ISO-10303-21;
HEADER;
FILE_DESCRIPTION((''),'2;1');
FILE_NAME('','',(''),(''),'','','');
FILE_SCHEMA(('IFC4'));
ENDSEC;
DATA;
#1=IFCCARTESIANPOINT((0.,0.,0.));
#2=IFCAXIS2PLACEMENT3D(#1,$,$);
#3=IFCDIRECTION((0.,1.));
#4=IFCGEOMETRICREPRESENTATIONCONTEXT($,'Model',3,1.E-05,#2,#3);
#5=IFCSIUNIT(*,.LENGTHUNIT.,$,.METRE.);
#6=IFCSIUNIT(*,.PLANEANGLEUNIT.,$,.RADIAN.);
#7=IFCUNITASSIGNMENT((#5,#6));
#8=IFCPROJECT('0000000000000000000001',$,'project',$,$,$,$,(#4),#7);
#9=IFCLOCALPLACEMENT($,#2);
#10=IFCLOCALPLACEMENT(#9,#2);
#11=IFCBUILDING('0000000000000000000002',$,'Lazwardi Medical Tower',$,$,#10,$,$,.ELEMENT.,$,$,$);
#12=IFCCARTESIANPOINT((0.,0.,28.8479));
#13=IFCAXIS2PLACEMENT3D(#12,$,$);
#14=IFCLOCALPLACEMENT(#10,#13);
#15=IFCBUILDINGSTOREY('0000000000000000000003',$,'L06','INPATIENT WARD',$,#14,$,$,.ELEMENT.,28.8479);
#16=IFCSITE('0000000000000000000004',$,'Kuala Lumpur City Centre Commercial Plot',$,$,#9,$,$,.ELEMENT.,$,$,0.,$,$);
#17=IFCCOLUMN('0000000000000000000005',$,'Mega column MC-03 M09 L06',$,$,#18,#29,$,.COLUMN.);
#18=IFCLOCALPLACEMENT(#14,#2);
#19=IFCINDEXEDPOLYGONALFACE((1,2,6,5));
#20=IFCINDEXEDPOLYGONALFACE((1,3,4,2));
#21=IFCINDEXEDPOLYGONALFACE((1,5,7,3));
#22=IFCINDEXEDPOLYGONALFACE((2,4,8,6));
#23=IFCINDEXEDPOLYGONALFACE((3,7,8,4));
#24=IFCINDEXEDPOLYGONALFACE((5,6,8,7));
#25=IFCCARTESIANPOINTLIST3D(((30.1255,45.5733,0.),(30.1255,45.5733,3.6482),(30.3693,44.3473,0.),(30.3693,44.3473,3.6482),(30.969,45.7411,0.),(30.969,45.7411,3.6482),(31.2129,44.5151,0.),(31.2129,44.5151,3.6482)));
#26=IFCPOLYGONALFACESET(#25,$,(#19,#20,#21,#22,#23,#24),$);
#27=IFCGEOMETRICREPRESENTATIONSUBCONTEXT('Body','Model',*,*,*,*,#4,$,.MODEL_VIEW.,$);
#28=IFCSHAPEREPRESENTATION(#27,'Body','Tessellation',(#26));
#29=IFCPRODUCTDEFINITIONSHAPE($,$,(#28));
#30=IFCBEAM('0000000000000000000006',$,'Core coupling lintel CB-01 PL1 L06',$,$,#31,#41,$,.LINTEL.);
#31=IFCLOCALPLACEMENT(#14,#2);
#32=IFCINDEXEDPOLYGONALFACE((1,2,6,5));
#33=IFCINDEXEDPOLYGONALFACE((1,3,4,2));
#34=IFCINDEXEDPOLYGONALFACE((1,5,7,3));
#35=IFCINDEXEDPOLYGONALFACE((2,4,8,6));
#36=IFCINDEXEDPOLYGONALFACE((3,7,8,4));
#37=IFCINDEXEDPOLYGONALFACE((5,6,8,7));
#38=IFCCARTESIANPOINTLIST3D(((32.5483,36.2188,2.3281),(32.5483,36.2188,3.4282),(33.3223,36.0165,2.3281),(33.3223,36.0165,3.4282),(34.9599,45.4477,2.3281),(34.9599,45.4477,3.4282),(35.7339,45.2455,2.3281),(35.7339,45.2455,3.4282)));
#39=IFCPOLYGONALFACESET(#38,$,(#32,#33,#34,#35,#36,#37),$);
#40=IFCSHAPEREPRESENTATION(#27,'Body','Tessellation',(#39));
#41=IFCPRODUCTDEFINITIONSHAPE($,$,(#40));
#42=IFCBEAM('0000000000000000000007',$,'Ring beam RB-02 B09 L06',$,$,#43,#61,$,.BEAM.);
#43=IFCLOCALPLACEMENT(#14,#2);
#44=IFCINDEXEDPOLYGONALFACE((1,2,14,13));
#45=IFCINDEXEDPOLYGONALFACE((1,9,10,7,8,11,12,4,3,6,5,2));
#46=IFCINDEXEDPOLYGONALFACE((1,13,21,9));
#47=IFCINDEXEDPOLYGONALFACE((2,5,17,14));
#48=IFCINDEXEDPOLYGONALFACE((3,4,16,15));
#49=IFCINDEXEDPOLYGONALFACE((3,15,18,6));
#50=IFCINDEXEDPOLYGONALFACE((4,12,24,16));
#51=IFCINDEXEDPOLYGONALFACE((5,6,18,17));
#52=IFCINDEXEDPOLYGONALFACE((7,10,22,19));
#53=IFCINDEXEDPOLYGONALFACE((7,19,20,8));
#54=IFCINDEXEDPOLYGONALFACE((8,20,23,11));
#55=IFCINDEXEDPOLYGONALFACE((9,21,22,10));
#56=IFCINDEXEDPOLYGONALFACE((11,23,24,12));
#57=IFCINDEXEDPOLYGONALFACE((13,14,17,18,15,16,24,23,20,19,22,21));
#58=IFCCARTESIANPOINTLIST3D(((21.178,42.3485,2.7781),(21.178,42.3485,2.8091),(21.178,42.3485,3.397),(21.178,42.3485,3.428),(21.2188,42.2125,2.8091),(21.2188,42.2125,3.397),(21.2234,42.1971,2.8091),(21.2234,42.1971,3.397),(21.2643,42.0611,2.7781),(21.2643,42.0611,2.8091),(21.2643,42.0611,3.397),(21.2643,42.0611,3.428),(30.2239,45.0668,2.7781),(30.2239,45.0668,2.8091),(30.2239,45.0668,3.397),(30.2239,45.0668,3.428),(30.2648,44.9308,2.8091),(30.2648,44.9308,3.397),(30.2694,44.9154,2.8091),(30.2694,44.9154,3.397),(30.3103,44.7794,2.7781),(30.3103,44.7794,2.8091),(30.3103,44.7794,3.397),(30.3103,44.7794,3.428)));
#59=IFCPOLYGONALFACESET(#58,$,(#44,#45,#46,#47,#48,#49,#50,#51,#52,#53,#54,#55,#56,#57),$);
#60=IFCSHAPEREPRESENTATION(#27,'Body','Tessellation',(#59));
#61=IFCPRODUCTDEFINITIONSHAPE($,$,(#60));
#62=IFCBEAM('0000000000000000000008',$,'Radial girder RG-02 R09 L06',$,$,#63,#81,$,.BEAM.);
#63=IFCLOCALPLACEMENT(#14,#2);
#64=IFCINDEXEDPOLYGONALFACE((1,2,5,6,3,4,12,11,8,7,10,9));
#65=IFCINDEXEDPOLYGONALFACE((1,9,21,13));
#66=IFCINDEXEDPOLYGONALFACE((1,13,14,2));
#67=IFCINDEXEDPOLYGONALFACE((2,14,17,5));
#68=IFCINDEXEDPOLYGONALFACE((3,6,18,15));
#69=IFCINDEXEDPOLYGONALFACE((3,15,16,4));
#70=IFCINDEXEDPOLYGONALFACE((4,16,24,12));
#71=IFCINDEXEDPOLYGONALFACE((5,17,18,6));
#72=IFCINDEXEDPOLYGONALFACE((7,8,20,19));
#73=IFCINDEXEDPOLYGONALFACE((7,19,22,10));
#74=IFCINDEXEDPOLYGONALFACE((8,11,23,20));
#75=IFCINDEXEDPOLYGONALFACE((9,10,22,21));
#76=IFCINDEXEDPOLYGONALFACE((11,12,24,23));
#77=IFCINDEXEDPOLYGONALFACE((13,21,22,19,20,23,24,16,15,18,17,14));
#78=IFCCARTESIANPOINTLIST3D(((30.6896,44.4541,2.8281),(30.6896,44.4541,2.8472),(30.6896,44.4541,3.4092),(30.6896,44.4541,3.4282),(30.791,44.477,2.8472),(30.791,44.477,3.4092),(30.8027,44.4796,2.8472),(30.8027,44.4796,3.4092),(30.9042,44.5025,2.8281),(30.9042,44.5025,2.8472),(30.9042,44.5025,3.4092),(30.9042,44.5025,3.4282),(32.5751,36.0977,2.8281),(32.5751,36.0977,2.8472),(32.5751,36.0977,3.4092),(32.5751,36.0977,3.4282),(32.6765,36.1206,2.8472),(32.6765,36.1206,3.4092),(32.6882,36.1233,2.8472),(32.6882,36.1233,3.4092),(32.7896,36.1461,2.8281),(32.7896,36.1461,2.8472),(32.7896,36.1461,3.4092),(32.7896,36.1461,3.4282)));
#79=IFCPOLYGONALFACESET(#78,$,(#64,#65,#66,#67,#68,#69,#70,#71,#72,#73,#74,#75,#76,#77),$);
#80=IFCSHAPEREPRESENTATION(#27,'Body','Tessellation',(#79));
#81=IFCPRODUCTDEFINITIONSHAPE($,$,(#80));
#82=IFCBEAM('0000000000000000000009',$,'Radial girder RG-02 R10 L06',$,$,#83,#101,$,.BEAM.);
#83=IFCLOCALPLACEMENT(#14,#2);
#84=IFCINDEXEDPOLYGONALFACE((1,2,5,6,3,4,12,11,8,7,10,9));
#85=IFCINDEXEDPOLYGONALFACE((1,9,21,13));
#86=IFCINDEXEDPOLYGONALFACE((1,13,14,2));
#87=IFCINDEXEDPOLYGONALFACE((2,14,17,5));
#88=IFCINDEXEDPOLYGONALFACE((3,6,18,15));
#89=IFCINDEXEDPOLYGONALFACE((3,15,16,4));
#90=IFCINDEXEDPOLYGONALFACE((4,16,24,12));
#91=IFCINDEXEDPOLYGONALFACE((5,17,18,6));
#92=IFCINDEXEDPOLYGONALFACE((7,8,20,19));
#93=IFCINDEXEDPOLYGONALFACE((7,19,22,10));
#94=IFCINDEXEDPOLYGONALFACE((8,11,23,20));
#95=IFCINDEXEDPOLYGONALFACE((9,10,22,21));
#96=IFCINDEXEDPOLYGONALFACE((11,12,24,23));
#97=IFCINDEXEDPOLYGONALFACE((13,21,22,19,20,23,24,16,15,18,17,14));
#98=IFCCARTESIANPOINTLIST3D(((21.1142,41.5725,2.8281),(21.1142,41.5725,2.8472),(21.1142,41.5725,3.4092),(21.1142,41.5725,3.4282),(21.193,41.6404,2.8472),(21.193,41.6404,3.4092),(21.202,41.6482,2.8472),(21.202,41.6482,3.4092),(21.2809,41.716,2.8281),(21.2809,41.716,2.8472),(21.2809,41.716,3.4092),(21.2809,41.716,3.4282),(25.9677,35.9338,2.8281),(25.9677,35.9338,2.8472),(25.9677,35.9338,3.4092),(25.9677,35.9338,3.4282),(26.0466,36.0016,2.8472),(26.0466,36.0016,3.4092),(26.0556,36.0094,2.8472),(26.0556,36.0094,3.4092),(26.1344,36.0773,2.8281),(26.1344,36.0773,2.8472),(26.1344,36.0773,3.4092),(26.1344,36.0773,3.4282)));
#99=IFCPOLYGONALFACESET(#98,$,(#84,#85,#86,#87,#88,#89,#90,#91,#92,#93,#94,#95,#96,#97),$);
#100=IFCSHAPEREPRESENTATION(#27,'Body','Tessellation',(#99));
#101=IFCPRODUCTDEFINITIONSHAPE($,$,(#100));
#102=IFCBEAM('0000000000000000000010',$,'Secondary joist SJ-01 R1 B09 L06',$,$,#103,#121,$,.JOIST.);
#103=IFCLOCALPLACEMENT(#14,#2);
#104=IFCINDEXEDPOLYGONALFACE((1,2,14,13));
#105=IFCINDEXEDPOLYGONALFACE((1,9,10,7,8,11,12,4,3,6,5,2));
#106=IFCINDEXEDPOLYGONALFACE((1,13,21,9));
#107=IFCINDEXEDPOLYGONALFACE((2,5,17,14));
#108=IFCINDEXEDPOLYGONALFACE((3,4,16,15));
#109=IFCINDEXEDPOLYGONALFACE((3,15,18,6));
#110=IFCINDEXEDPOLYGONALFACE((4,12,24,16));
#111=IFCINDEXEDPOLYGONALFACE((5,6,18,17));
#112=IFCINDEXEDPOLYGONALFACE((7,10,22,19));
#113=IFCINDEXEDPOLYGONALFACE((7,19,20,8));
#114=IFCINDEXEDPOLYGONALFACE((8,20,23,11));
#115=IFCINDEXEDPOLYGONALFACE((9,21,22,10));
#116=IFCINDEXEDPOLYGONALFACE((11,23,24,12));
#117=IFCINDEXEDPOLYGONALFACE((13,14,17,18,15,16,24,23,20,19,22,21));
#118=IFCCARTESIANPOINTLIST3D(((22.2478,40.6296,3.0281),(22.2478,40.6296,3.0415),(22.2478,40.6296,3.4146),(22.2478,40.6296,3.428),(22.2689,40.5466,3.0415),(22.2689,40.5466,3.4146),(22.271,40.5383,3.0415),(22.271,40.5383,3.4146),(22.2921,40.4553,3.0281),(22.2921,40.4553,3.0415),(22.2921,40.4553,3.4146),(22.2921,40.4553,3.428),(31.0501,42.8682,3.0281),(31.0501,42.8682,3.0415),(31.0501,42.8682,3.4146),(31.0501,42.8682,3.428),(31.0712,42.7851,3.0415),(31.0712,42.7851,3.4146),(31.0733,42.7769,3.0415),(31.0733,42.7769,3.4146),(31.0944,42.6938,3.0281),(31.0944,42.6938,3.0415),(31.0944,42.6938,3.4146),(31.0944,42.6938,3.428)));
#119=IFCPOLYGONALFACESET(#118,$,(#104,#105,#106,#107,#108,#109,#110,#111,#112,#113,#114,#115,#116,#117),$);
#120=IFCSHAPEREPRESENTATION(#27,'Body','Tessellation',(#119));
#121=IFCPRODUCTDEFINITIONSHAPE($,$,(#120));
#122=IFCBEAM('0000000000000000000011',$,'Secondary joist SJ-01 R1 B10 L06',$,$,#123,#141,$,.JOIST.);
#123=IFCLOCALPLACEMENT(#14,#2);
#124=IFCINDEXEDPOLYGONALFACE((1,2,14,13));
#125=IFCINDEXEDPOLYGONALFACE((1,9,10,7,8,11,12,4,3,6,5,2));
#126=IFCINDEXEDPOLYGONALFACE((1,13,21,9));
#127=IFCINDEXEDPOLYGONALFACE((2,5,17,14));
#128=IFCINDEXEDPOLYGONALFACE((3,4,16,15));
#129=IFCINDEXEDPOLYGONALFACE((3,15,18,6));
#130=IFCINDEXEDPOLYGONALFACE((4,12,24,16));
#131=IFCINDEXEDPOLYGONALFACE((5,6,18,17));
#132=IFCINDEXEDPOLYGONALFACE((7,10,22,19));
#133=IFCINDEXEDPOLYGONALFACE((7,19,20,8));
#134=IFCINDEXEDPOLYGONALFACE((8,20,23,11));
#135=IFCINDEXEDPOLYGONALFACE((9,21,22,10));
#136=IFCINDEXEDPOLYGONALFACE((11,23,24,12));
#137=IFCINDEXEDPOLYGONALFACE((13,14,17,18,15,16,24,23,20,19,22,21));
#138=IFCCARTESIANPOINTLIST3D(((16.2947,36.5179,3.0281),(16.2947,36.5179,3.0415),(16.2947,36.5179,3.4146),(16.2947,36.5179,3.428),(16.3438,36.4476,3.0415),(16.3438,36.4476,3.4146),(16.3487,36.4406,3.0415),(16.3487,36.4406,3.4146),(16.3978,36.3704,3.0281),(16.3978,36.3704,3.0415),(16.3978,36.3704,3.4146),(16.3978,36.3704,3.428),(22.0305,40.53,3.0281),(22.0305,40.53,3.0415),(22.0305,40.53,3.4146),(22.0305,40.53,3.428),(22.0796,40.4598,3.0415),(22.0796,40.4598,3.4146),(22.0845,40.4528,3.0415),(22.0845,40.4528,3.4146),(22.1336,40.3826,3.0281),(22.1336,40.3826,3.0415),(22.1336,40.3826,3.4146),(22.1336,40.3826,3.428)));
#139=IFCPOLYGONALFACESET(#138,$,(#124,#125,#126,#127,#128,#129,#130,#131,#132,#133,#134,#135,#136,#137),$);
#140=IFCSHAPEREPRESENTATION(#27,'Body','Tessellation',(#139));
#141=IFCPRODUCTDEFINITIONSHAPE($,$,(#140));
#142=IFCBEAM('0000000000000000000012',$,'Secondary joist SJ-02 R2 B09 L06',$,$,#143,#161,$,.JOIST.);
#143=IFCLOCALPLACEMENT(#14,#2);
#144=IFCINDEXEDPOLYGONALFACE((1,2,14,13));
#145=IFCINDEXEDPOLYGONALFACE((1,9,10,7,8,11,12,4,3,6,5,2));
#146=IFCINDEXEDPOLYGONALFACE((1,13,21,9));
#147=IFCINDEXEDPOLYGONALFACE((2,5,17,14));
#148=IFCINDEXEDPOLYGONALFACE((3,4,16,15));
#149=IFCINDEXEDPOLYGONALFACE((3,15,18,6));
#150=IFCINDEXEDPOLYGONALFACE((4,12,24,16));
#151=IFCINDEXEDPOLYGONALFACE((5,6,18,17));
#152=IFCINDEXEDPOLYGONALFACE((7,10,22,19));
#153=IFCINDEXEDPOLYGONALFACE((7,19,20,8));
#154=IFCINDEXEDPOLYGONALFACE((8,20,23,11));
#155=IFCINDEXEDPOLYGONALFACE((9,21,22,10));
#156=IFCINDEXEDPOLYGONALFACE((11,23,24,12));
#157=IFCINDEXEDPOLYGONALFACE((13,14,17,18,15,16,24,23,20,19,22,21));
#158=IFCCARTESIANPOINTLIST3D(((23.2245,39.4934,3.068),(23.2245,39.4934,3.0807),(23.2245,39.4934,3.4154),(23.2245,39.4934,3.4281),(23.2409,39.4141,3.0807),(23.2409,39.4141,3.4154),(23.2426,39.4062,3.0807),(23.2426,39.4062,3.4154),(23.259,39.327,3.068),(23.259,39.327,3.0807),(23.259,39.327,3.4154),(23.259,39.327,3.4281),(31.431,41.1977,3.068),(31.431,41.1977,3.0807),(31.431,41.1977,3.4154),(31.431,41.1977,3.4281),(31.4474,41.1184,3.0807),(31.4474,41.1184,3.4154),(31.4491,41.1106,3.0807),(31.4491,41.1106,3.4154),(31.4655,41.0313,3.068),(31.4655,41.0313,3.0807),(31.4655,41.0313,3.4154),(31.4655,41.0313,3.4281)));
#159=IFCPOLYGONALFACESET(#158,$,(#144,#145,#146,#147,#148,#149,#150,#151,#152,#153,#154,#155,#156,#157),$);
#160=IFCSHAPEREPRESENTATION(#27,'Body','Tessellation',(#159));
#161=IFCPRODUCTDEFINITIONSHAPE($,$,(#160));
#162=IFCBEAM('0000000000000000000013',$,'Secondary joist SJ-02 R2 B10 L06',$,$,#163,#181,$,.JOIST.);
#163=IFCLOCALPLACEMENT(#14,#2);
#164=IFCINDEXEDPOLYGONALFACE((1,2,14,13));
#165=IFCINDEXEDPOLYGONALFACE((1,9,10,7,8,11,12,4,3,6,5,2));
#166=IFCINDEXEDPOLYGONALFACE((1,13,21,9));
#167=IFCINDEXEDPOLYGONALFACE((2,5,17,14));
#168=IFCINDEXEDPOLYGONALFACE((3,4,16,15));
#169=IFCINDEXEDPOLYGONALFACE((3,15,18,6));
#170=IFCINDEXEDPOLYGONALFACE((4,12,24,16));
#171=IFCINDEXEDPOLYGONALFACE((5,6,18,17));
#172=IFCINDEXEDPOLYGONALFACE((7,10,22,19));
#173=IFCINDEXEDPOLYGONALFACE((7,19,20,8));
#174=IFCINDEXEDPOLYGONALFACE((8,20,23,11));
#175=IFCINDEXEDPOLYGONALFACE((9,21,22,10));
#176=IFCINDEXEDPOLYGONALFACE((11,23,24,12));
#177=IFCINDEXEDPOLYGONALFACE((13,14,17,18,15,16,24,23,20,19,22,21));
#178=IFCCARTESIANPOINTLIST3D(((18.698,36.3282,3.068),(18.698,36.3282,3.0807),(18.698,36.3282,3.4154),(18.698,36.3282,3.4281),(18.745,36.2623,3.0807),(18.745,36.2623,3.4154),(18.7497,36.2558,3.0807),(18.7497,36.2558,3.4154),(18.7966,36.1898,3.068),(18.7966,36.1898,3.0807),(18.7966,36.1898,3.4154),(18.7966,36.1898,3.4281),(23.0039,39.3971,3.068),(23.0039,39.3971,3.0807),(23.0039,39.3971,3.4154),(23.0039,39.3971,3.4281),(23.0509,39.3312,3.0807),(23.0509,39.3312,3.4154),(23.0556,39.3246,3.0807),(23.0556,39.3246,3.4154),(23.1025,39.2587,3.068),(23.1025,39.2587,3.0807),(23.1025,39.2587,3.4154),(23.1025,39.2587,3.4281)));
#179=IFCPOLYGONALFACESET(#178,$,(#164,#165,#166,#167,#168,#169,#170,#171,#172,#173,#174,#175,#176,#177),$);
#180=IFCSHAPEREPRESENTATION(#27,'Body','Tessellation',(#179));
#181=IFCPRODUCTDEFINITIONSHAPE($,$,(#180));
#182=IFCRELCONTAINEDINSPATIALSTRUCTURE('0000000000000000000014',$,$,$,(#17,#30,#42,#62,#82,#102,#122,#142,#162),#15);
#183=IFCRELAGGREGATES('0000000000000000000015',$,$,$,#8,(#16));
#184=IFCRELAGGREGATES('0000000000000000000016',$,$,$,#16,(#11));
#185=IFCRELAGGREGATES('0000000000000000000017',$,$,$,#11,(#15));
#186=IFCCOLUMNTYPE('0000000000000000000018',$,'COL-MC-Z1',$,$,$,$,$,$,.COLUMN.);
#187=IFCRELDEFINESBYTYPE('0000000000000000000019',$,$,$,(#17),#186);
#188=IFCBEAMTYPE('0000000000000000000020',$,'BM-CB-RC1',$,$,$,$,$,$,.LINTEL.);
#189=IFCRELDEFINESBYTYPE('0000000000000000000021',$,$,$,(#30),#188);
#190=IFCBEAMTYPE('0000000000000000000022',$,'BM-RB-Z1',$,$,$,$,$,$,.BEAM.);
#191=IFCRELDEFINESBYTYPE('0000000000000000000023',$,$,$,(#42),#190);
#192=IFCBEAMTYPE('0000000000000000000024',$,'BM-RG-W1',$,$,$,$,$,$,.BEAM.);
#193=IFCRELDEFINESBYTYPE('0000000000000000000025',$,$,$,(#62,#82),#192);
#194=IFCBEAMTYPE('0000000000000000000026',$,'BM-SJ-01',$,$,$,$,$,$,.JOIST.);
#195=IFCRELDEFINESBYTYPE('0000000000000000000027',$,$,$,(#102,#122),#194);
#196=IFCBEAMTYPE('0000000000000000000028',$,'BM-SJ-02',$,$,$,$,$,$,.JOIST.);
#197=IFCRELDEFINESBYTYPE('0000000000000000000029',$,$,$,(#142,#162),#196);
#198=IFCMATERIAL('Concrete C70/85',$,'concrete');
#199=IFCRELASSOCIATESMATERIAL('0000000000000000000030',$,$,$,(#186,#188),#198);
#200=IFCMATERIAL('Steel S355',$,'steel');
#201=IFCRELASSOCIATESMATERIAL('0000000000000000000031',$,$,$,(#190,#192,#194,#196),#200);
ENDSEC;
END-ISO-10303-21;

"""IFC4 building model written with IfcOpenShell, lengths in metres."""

from ifc_helpers import new_model, si_unit, direction, frame, origin, origin_2d, place, context, subcontext, project, spatial, rectangle, i_section, extrude, material, material_profile, profile_set, type_object, element, save


model = new_model("IFC4")

# Units and contexts
model_context = context("Model", 3, precision=1e-05, world=origin(), true_north=direction((0.0, 1.0)))
body_context = subcontext(model_context, "Body", "Model", "MODEL_VIEW")
ifc_project = project(units=[si_unit("LENGTHUNIT", "METRE"), si_unit("PLANEANGLEUNIT", "RADIAN")], contexts=[model_context])

# Site, building, storey
site_placement = place(None, origin())
site = spatial("IfcSite", under=ifc_project, at=site_placement, Name="Kuala Lumpur City Centre Commercial Plot", CompositionType="ELEMENT", RefElevation=0.0)
building_placement = place(site_placement, origin())
building = spatial("IfcBuilding", under=site, at=building_placement, Name="Lazwardi Medical Tower", CompositionType="ELEMENT")
storey_placement = place(building_placement, frame((0.0, 0.0, 28.8479)))
storey = spatial("IfcBuildingStorey", under=building, at=storey_placement, Name="L06", Description="INPATIENT WARD", CompositionType="ELEMENT", Elevation=28.8479)

# Column
ifc_material_1 = material(Name="Concrete C70/85", Category="concrete")
ifc_material_profile_1 = material_profile(ifc_material_1, rectangle(XDim=1.25, YDim=0.8601, at=origin_2d()), Name="CFT-RECT 1250x860")
ifc_profile_set_1 = profile_set([ifc_material_profile_1], Name="Concrete C70/85")
column_type = type_object("IfcColumnType", Name="COL-MC-Z1", PredefinedType="COLUMN", material=ifc_profile_set_1)
column_placement = place(storey_placement, frame((30.6692, 45.0442, 0.0), z_axis=(0.0, 0.0, 1.0), x_axis=(-0.19509, 0.980785, 0.0)))
element("IfcColumn", 1, at=column_placement, inside=storey, type_object=column_type, Name="Mega column MC-03 M09 L06", PredefinedType="COLUMN", context=body_context, shape_type="SweptSolid", body=[
    extrude(rectangle(XDim=1.25, YDim=0.8601, at=origin_2d()), origin(), (0.0, 0.0, 1.0), 3.6482),
])

# Beams
ifc_material_profile_2 = material_profile(ifc_material_1, rectangle(XDim=0.8, YDim=1.1001, at=origin_2d()), Name="RC 800x1100")
ifc_profile_set_2 = profile_set([ifc_material_profile_2], Name="Concrete C70/85")
beam_type_1 = type_object("IfcBeamType", Name="BM-CB-RC1", PredefinedType="LINTEL", material=ifc_profile_set_2)
beam_1_placement = place(storey_placement, frame((32.9353, 36.1177, 2.8782), z_axis=(0.25282, 0.967513, 0.0), x_axis=(-0.967513, 0.25282, 0.0)))
element("IfcBeam", 2, at=beam_1_placement, inside=storey, type_object=beam_type_1, Name="Core coupling lintel CB-01 PL1 L06", PredefinedType="LINTEL", context=body_context, shape_type="SweptSolid", body=[
    extrude(rectangle(XDim=0.8, YDim=1.1001, at=origin_2d()), origin(), (0.0, 0.0, 1.0), 9.5388),
])
ifc_material_2 = material(Name="Steel S355", Category="steel")
ifc_material_profile_3 = material_profile(ifc_material_2, i_section(OverallWidth=0.3, OverallDepth=0.6499, WebThickness=0.0161, FlangeThickness=0.031, at=origin_2d()), Name="HEB 650")
ifc_profile_set_3 = profile_set([ifc_material_profile_3], Name="Steel S355")
beam_type_2 = type_object("IfcBeamType", Name="BM-RB-Z1", PredefinedType="BEAM", material=ifc_profile_set_3)
beam_2_placement = place(storey_placement, frame((30.2671, 44.9231, 3.103), z_axis=(-0.957695, -0.287784, 0.0), x_axis=(0.287784, -0.957695, 0.0)))
element("IfcBeam", 3, at=beam_2_placement, inside=storey, type_object=beam_type_2, Name="Ring beam RB-02 B09 L06", PredefinedType="BEAM", context=body_context, shape_type="SweptSolid", body=[
    extrude(i_section(OverallWidth=0.3, OverallDepth=0.6499, WebThickness=0.0161, FlangeThickness=0.031, at=origin_2d()), origin(), (0.0, 0.0, 1.0), 9.4456),
])
ifc_material_profile_4 = material_profile(ifc_material_2, i_section(OverallWidth=0.22, OverallDepth=0.6001, WebThickness=0.012, FlangeThickness=0.019, at=origin_2d()), Name="IPE 600")
ifc_profile_set_4 = profile_set([ifc_material_profile_4], Name="Steel S355")
beam_type_3 = type_object("IfcBeamType", Name="BM-RG-W1", PredefinedType="BEAM", material=ifc_profile_set_4)
beam_3_placement = place(storey_placement, frame((30.7969, 44.4783, 3.1282), z_axis=(0.220101, -0.975477, 0.0), x_axis=(0.975477, 0.220101, 0.0)))
element("IfcBeam", 4, at=beam_3_placement, inside=storey, type_object=beam_type_3, Name="Radial girder RG-02 R09 L06", PredefinedType="BEAM", context=body_context, shape_type="SweptSolid", body=[
    extrude(i_section(OverallWidth=0.22, OverallDepth=0.6001, WebThickness=0.012, FlangeThickness=0.019, at=origin_2d()), origin(), (0.0, 0.0, 1.0), 8.5664),
])
beam_4_placement = place(storey_placement, frame((21.1975, 41.6443, 3.1282), z_axis=(0.652368, -0.757902, 0.0), x_axis=(0.757902, 0.652368, 0.0)))
element("IfcBeam", 5, at=beam_4_placement, inside=storey, type_object=beam_type_3, Name="Radial girder RG-02 R10 L06", PredefinedType="BEAM", context=body_context, shape_type="SweptSolid", body=[
    extrude(i_section(OverallWidth=0.22, OverallDepth=0.6001, WebThickness=0.012, FlangeThickness=0.019, at=origin_2d()), origin(), (0.0, 0.0, 1.0), 7.4399),
])
ifc_material_profile_5 = material_profile(ifc_material_2, i_section(OverallWidth=0.1799, OverallDepth=0.3999, WebThickness=0.0085, FlangeThickness=0.0134, at=origin_2d()), Name="IPE 400")
ifc_profile_set_5 = profile_set([ifc_material_profile_5], Name="Steel S355")
beam_type_4 = type_object("IfcBeamType", Name="BM-SJ-01", PredefinedType="JOIST", material=ifc_profile_set_5)
beam_5_placement = place(storey_placement, frame((31.0723, 42.781, 3.228), z_axis=(-0.969151, -0.246468, 0.0), x_axis=(0.246468, -0.969151, 0.0)))
element("IfcBeam", 6, at=beam_5_placement, inside=storey, type_object=beam_type_4, Name="Secondary joist SJ-01 R1 B09 L06", PredefinedType="JOIST", context=body_context, shape_type="SweptSolid", body=[
    extrude(i_section(OverallWidth=0.1799, OverallDepth=0.3999, WebThickness=0.0085, FlangeThickness=0.0134, at=origin_2d()), origin(), (0.0, 0.0, 1.0), 9.0825),
])
beam_6_placement = place(storey_placement, frame((22.082, 40.4563, 3.228), z_axis=(-0.819425, -0.573186, 0.0), x_axis=(0.573186, -0.819425, 0.0)))
element("IfcBeam", 7, at=beam_6_placement, inside=storey, type_object=beam_type_4, Name="Secondary joist SJ-01 R1 B10 L06", PredefinedType="JOIST", context=body_context, shape_type="SweptSolid", body=[
    extrude(i_section(OverallWidth=0.1799, OverallDepth=0.3999, WebThickness=0.0085, FlangeThickness=0.0134, at=origin_2d()), origin(), (0.0, 0.0, 1.0), 6.9998),
])
ifc_material_profile_6 = material_profile(ifc_material_2, i_section(OverallWidth=0.1699, OverallDepth=0.3601, WebThickness=0.0081, FlangeThickness=0.0127, at=origin_2d()), Name="IPE 360")
ifc_profile_set_6 = profile_set([ifc_material_profile_6], Name="Steel S355")
beam_type_5 = type_object("IfcBeamType", Name="BM-SJ-02", PredefinedType="JOIST", material=ifc_profile_set_6)
beam_7_placement = place(storey_placement, frame((31.4482, 41.1145, 3.248), z_axis=(-0.979108, -0.203342, 0.0), x_axis=(0.203342, -0.979108, 0.0)))
element("IfcBeam", 8, at=beam_7_placement, inside=storey, type_object=beam_type_5, Name="Secondary joist SJ-02 R2 B09 L06", PredefinedType="JOIST", context=body_context, shape_type="SweptSolid", body=[
    extrude(i_section(OverallWidth=0.1699, OverallDepth=0.3601, WebThickness=0.0081, FlangeThickness=0.0127, at=origin_2d()), origin(), (0.0, 0.0, 1.0), 8.3816),
])
beam_8_placement = place(storey_placement, frame((23.0532, 39.3279, 3.248), z_axis=(-0.814341, -0.580386, 0.0), x_axis=(0.580386, -0.814341, 0.0)))
element("IfcBeam", 9, at=beam_8_placement, inside=storey, type_object=beam_type_5, Name="Secondary joist SJ-02 R2 B10 L06", PredefinedType="JOIST", context=body_context, shape_type="SweptSolid", body=[
    extrude(i_section(OverallWidth=0.1699, OverallDepth=0.3601, WebThickness=0.0081, FlangeThickness=0.0127, at=origin_2d()), origin(), (0.0, 0.0, 1.0), 5.2876),
])

save(model, "model.ifc")
